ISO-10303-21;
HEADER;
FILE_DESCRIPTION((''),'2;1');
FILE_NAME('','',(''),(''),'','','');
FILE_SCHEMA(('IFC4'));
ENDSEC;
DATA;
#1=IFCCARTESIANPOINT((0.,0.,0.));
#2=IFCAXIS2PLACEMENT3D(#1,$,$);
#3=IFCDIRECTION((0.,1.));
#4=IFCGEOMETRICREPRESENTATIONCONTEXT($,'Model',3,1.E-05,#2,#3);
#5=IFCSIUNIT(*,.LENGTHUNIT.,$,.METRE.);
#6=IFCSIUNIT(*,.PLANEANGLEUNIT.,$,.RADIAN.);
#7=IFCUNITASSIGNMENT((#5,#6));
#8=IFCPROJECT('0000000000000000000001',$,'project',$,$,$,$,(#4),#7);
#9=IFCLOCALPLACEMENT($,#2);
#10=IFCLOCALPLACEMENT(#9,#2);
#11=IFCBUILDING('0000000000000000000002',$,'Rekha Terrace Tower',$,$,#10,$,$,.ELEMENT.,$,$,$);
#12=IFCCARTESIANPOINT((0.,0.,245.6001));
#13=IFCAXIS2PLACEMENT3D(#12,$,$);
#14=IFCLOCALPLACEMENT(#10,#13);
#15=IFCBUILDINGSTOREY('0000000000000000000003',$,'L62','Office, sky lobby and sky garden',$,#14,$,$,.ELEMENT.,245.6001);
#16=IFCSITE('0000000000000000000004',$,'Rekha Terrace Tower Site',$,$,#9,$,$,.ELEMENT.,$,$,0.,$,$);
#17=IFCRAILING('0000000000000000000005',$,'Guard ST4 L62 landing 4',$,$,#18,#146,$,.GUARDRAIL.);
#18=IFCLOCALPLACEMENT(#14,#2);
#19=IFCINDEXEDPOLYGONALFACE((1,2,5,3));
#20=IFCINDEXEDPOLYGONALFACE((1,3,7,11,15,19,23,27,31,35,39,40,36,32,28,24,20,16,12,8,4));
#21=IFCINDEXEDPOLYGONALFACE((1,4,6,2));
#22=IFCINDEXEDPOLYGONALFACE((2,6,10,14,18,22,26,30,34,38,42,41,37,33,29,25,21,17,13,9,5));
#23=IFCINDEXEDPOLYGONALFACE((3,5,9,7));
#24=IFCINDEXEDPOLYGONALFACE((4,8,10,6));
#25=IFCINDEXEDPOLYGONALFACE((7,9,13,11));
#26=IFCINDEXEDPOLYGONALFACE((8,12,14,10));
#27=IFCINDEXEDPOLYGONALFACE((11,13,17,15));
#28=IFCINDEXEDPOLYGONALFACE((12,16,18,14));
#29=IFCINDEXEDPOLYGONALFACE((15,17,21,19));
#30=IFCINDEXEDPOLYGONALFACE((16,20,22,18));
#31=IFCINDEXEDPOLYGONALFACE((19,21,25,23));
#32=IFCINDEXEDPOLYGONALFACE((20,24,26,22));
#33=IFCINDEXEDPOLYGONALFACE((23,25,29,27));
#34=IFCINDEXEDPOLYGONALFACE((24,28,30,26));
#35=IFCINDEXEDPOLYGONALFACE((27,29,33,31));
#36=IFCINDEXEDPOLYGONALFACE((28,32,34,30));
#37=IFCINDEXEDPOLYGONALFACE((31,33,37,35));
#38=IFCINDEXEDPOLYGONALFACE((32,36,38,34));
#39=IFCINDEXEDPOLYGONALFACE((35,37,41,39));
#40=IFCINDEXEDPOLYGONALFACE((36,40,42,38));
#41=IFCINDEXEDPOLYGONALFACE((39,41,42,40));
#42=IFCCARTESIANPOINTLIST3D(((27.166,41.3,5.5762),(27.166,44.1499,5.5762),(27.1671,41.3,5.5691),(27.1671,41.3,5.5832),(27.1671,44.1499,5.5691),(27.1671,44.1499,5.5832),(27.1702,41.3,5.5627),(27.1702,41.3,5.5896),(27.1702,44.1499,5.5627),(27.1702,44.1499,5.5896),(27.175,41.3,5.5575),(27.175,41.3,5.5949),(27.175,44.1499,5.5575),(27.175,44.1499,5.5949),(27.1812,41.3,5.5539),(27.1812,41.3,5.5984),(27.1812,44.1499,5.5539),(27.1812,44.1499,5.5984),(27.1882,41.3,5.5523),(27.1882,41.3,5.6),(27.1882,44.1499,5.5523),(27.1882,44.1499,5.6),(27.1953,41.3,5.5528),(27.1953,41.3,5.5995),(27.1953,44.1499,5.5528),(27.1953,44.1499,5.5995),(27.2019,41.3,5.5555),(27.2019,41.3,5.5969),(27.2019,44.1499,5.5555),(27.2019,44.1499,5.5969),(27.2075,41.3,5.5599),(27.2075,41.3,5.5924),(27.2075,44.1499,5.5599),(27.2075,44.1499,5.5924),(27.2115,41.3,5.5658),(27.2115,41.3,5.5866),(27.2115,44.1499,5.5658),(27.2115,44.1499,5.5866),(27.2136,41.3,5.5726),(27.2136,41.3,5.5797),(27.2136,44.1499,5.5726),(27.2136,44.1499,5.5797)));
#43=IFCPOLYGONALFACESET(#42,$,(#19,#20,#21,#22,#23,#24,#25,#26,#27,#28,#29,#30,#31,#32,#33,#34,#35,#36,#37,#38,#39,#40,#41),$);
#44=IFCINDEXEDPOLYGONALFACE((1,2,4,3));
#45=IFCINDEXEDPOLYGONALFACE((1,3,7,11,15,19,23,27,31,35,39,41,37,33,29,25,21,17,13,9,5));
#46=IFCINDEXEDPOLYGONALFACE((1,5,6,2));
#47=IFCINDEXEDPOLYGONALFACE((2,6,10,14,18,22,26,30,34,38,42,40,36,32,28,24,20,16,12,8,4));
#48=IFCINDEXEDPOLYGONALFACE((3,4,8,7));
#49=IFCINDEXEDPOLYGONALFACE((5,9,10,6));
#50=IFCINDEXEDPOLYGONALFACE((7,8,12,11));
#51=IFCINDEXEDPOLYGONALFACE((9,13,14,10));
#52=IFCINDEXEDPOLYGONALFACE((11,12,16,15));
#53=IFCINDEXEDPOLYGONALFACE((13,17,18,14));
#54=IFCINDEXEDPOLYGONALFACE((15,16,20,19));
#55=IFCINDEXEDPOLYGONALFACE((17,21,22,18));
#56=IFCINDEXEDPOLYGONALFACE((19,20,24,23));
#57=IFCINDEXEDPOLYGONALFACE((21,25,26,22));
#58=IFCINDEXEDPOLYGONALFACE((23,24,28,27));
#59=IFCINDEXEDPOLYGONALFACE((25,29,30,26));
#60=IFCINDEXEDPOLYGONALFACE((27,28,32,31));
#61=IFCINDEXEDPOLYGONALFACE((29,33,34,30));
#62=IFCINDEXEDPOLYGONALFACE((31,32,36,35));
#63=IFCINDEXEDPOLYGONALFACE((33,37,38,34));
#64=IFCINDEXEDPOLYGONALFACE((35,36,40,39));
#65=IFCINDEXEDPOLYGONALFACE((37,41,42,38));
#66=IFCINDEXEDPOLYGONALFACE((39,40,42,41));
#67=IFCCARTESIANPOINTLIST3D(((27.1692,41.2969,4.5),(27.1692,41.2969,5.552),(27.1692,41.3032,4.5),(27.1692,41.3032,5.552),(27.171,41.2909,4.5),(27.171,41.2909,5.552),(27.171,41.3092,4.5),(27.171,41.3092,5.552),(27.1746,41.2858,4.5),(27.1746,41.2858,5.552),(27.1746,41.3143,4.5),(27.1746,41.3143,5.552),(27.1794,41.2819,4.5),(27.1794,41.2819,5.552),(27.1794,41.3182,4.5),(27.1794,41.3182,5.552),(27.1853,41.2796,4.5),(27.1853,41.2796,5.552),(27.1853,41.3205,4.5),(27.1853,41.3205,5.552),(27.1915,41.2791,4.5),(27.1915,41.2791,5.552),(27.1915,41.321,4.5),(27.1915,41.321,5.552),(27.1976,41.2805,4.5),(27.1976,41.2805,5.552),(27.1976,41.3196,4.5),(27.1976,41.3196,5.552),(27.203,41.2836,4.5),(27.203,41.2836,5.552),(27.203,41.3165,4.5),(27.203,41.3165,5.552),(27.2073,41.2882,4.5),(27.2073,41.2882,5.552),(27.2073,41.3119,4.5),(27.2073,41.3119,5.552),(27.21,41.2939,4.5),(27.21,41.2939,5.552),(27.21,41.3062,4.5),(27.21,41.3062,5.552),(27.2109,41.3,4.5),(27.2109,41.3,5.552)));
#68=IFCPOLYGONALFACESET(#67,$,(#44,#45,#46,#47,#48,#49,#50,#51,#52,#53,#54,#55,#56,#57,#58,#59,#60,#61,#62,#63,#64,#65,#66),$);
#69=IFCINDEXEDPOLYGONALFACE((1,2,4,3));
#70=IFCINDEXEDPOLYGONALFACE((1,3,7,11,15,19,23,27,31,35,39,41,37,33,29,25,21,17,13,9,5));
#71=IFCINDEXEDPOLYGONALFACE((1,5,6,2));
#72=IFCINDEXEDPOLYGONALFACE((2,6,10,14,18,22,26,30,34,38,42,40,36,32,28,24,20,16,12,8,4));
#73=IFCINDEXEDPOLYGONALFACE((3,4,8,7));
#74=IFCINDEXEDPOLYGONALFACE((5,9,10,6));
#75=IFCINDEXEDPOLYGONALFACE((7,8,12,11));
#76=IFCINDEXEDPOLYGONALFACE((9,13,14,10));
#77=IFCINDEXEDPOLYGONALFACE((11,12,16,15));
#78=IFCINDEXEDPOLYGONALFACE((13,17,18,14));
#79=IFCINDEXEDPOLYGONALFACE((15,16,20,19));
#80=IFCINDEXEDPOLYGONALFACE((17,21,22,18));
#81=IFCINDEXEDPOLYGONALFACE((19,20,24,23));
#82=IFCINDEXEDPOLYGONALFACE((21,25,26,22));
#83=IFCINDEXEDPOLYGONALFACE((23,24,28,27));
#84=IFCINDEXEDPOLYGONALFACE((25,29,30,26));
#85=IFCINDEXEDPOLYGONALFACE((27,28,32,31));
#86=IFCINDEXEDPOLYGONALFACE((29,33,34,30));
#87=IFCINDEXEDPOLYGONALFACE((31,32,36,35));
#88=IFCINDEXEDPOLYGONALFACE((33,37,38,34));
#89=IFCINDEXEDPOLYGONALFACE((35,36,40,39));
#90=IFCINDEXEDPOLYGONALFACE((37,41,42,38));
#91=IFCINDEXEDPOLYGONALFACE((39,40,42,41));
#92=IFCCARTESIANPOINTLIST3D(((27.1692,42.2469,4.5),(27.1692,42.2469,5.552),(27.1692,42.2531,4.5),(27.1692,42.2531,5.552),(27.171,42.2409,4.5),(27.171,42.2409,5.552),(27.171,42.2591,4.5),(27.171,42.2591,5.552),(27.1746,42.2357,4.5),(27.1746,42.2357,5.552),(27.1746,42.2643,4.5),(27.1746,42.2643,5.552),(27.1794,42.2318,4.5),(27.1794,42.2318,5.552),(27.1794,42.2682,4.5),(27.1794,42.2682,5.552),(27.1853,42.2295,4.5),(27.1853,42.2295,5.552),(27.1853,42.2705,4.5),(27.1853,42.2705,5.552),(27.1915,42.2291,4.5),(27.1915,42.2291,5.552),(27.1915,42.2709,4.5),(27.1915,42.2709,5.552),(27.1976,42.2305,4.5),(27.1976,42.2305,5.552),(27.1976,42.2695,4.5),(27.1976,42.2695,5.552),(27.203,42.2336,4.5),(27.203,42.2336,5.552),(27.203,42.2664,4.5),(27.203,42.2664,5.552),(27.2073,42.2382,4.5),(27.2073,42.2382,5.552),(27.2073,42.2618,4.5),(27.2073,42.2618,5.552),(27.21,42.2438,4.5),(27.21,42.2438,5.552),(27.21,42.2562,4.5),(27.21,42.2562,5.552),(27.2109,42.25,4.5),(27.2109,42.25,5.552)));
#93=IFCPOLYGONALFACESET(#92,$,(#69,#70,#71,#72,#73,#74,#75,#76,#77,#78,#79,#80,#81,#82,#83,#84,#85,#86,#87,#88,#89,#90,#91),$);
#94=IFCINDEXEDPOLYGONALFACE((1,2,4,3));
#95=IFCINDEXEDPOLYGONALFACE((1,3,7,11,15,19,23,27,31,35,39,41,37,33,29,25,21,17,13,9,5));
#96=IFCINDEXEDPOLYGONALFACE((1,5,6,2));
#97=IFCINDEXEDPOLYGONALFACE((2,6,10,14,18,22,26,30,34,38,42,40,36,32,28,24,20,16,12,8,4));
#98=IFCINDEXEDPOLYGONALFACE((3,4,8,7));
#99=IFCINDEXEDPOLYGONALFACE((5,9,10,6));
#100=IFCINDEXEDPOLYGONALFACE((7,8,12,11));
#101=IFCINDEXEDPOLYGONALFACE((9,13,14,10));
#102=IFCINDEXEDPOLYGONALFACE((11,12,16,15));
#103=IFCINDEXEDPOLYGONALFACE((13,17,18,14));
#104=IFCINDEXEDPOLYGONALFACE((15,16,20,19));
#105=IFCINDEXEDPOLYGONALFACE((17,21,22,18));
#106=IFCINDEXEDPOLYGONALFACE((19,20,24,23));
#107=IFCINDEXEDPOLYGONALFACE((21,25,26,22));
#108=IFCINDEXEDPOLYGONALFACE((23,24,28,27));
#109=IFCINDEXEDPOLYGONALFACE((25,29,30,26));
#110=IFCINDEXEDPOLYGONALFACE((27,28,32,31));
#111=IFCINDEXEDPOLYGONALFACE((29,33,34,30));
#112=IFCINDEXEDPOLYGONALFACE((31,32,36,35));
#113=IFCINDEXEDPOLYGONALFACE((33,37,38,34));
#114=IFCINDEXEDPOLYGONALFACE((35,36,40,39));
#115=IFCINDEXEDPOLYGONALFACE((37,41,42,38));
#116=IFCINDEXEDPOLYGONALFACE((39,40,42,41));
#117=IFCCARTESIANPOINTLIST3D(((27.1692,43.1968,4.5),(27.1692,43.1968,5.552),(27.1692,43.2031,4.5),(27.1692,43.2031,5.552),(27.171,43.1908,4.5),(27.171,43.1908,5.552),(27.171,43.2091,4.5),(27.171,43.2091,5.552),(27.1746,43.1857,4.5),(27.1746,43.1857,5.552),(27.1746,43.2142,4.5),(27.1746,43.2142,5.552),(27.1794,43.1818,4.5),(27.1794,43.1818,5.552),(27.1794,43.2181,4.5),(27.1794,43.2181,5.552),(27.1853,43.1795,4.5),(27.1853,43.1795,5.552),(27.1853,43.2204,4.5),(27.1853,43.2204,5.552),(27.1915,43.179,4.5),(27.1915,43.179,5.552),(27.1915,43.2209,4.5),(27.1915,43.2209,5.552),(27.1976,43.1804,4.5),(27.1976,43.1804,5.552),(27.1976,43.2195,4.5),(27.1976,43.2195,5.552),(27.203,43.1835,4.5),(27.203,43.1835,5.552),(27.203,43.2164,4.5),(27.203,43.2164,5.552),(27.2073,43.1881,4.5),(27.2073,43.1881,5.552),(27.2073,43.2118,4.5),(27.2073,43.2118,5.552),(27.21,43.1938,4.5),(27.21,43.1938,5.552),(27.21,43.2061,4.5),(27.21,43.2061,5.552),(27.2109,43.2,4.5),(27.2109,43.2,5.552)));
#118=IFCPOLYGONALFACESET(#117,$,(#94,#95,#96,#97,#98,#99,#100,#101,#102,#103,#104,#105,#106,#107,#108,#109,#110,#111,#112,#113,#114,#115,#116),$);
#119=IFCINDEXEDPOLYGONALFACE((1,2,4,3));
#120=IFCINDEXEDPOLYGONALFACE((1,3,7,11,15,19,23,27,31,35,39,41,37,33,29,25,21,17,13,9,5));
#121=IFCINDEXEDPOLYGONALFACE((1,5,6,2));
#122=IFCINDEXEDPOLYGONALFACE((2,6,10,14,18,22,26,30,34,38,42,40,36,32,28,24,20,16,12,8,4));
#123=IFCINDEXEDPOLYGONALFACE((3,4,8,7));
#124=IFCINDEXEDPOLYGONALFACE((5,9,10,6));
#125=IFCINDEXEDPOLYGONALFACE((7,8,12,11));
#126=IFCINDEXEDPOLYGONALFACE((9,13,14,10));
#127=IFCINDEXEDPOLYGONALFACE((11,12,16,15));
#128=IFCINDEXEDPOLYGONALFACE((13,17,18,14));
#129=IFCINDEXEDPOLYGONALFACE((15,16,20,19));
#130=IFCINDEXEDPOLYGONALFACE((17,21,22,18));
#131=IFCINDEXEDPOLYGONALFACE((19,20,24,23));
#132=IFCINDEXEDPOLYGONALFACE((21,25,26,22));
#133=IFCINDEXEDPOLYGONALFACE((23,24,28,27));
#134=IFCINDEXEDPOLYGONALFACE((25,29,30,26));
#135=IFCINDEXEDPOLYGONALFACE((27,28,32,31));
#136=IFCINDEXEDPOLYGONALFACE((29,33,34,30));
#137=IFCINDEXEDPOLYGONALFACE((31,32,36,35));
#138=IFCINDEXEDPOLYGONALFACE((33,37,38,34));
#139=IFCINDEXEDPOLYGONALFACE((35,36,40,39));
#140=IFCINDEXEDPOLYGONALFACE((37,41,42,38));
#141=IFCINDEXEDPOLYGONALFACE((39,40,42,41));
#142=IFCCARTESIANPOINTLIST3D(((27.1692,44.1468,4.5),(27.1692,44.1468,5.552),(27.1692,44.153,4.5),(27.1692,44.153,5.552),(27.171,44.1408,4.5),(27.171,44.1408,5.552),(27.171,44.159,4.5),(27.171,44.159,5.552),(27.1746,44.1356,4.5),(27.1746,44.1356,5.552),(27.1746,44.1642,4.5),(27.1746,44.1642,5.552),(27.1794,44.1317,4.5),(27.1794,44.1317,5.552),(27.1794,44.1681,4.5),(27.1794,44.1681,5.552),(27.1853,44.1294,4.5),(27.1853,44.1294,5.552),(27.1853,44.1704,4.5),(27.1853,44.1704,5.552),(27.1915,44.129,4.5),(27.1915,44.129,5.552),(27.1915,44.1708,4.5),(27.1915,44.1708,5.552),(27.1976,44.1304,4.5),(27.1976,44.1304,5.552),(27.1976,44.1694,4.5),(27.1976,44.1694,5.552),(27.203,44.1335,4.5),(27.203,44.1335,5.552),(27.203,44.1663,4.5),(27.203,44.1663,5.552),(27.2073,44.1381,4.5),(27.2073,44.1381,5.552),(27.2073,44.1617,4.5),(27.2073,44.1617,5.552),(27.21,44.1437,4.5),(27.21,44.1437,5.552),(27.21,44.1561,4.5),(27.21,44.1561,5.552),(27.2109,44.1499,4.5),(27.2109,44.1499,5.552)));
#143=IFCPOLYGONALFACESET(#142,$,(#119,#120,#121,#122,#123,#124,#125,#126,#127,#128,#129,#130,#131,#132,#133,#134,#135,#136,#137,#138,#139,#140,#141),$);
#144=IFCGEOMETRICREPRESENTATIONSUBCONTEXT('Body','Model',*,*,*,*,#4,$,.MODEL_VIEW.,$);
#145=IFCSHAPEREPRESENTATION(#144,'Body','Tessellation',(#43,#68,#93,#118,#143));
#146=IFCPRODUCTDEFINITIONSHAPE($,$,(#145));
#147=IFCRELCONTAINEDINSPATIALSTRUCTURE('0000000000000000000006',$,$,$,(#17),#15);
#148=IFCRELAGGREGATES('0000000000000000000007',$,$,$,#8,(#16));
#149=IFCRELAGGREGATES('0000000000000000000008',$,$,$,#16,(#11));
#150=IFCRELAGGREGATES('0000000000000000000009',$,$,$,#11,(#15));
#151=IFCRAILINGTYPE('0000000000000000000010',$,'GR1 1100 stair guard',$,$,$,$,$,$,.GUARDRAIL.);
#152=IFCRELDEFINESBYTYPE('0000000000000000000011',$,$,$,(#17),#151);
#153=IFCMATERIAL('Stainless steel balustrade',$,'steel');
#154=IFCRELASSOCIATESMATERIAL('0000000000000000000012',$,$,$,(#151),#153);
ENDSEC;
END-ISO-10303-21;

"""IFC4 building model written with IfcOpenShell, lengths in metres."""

from ifc_helpers import new_model, si_unit, direction, frame, origin, origin_2d, place, context, subcontext, project, spatial, circle, extrude, material, type_object, element, save


model = new_model("IFC4")

# Units and contexts
model_context = context("Model", 3, precision=1e-05, world=origin(), true_north=direction((0.0, 1.0)))
body_context = subcontext(model_context, "Body", "Model", "MODEL_VIEW")
ifc_project = project(units=[si_unit("LENGTHUNIT", "METRE"), si_unit("PLANEANGLEUNIT", "RADIAN")], contexts=[model_context])

# Site, building, storey
site_placement = place(None, origin())
site = spatial("IfcSite", under=ifc_project, at=site_placement, Name="Rekha Terrace Tower Site", CompositionType="ELEMENT", RefElevation=0.0)
building_placement = place(site_placement, origin())
building = spatial("IfcBuilding", under=site, at=building_placement, Name="Rekha Terrace Tower", CompositionType="ELEMENT")
storey_placement = place(building_placement, frame((0.0, 0.0, 245.6001)))
storey = spatial("IfcBuildingStorey", under=building, at=storey_placement, Name="L62", Description="Office, sky lobby and sky garden", CompositionType="ELEMENT", Elevation=245.6001)

# Railing
ifc_material_1 = material(Name="Stainless steel balustrade", Category="steel")
railing_type_1 = type_object("IfcRailingType", Name="GR1 1100 stair guard", PredefinedType="GUARDRAIL", material=ifc_material_1)
railing_1_placement = place(storey_placement, frame((27.1899, 41.3, 4.5)))
element("IfcRailing", 1, at=railing_1_placement, inside=storey, type_object=railing_type_1, Name="Guard ST4 L62 landing 4", PredefinedType="GUARDRAIL", context=body_context, shape_type="SweptSolid", body=[
    extrude(circle(Radius=0.0239, at=origin_2d()), frame((0.0, 0.0, 1.0762), z_axis=(0.0, 1.0, 0.0), x_axis=(-1.0, 0.0, 0.0)), (0.0, 0.0, 1.0), 2.8499),
    extrude(circle(Radius=0.021, at=origin_2d()), origin(), (0.0, 0.0, 1.0), 1.052),
    extrude(circle(Radius=0.021, at=origin_2d()), frame((0.0, 0.95, 0.0)), (0.0, 0.0, 1.0), 1.052),
    extrude(circle(Radius=0.021, at=origin_2d()), frame((0.0, 1.8999, 0.0)), (0.0, 0.0, 1.0), 1.052),
    extrude(circle(Radius=0.021, at=origin_2d()), frame((0.0, 2.8499, 0.0)), (0.0, 0.0, 1.0), 1.052),
])

save(model, "model.ifc")
